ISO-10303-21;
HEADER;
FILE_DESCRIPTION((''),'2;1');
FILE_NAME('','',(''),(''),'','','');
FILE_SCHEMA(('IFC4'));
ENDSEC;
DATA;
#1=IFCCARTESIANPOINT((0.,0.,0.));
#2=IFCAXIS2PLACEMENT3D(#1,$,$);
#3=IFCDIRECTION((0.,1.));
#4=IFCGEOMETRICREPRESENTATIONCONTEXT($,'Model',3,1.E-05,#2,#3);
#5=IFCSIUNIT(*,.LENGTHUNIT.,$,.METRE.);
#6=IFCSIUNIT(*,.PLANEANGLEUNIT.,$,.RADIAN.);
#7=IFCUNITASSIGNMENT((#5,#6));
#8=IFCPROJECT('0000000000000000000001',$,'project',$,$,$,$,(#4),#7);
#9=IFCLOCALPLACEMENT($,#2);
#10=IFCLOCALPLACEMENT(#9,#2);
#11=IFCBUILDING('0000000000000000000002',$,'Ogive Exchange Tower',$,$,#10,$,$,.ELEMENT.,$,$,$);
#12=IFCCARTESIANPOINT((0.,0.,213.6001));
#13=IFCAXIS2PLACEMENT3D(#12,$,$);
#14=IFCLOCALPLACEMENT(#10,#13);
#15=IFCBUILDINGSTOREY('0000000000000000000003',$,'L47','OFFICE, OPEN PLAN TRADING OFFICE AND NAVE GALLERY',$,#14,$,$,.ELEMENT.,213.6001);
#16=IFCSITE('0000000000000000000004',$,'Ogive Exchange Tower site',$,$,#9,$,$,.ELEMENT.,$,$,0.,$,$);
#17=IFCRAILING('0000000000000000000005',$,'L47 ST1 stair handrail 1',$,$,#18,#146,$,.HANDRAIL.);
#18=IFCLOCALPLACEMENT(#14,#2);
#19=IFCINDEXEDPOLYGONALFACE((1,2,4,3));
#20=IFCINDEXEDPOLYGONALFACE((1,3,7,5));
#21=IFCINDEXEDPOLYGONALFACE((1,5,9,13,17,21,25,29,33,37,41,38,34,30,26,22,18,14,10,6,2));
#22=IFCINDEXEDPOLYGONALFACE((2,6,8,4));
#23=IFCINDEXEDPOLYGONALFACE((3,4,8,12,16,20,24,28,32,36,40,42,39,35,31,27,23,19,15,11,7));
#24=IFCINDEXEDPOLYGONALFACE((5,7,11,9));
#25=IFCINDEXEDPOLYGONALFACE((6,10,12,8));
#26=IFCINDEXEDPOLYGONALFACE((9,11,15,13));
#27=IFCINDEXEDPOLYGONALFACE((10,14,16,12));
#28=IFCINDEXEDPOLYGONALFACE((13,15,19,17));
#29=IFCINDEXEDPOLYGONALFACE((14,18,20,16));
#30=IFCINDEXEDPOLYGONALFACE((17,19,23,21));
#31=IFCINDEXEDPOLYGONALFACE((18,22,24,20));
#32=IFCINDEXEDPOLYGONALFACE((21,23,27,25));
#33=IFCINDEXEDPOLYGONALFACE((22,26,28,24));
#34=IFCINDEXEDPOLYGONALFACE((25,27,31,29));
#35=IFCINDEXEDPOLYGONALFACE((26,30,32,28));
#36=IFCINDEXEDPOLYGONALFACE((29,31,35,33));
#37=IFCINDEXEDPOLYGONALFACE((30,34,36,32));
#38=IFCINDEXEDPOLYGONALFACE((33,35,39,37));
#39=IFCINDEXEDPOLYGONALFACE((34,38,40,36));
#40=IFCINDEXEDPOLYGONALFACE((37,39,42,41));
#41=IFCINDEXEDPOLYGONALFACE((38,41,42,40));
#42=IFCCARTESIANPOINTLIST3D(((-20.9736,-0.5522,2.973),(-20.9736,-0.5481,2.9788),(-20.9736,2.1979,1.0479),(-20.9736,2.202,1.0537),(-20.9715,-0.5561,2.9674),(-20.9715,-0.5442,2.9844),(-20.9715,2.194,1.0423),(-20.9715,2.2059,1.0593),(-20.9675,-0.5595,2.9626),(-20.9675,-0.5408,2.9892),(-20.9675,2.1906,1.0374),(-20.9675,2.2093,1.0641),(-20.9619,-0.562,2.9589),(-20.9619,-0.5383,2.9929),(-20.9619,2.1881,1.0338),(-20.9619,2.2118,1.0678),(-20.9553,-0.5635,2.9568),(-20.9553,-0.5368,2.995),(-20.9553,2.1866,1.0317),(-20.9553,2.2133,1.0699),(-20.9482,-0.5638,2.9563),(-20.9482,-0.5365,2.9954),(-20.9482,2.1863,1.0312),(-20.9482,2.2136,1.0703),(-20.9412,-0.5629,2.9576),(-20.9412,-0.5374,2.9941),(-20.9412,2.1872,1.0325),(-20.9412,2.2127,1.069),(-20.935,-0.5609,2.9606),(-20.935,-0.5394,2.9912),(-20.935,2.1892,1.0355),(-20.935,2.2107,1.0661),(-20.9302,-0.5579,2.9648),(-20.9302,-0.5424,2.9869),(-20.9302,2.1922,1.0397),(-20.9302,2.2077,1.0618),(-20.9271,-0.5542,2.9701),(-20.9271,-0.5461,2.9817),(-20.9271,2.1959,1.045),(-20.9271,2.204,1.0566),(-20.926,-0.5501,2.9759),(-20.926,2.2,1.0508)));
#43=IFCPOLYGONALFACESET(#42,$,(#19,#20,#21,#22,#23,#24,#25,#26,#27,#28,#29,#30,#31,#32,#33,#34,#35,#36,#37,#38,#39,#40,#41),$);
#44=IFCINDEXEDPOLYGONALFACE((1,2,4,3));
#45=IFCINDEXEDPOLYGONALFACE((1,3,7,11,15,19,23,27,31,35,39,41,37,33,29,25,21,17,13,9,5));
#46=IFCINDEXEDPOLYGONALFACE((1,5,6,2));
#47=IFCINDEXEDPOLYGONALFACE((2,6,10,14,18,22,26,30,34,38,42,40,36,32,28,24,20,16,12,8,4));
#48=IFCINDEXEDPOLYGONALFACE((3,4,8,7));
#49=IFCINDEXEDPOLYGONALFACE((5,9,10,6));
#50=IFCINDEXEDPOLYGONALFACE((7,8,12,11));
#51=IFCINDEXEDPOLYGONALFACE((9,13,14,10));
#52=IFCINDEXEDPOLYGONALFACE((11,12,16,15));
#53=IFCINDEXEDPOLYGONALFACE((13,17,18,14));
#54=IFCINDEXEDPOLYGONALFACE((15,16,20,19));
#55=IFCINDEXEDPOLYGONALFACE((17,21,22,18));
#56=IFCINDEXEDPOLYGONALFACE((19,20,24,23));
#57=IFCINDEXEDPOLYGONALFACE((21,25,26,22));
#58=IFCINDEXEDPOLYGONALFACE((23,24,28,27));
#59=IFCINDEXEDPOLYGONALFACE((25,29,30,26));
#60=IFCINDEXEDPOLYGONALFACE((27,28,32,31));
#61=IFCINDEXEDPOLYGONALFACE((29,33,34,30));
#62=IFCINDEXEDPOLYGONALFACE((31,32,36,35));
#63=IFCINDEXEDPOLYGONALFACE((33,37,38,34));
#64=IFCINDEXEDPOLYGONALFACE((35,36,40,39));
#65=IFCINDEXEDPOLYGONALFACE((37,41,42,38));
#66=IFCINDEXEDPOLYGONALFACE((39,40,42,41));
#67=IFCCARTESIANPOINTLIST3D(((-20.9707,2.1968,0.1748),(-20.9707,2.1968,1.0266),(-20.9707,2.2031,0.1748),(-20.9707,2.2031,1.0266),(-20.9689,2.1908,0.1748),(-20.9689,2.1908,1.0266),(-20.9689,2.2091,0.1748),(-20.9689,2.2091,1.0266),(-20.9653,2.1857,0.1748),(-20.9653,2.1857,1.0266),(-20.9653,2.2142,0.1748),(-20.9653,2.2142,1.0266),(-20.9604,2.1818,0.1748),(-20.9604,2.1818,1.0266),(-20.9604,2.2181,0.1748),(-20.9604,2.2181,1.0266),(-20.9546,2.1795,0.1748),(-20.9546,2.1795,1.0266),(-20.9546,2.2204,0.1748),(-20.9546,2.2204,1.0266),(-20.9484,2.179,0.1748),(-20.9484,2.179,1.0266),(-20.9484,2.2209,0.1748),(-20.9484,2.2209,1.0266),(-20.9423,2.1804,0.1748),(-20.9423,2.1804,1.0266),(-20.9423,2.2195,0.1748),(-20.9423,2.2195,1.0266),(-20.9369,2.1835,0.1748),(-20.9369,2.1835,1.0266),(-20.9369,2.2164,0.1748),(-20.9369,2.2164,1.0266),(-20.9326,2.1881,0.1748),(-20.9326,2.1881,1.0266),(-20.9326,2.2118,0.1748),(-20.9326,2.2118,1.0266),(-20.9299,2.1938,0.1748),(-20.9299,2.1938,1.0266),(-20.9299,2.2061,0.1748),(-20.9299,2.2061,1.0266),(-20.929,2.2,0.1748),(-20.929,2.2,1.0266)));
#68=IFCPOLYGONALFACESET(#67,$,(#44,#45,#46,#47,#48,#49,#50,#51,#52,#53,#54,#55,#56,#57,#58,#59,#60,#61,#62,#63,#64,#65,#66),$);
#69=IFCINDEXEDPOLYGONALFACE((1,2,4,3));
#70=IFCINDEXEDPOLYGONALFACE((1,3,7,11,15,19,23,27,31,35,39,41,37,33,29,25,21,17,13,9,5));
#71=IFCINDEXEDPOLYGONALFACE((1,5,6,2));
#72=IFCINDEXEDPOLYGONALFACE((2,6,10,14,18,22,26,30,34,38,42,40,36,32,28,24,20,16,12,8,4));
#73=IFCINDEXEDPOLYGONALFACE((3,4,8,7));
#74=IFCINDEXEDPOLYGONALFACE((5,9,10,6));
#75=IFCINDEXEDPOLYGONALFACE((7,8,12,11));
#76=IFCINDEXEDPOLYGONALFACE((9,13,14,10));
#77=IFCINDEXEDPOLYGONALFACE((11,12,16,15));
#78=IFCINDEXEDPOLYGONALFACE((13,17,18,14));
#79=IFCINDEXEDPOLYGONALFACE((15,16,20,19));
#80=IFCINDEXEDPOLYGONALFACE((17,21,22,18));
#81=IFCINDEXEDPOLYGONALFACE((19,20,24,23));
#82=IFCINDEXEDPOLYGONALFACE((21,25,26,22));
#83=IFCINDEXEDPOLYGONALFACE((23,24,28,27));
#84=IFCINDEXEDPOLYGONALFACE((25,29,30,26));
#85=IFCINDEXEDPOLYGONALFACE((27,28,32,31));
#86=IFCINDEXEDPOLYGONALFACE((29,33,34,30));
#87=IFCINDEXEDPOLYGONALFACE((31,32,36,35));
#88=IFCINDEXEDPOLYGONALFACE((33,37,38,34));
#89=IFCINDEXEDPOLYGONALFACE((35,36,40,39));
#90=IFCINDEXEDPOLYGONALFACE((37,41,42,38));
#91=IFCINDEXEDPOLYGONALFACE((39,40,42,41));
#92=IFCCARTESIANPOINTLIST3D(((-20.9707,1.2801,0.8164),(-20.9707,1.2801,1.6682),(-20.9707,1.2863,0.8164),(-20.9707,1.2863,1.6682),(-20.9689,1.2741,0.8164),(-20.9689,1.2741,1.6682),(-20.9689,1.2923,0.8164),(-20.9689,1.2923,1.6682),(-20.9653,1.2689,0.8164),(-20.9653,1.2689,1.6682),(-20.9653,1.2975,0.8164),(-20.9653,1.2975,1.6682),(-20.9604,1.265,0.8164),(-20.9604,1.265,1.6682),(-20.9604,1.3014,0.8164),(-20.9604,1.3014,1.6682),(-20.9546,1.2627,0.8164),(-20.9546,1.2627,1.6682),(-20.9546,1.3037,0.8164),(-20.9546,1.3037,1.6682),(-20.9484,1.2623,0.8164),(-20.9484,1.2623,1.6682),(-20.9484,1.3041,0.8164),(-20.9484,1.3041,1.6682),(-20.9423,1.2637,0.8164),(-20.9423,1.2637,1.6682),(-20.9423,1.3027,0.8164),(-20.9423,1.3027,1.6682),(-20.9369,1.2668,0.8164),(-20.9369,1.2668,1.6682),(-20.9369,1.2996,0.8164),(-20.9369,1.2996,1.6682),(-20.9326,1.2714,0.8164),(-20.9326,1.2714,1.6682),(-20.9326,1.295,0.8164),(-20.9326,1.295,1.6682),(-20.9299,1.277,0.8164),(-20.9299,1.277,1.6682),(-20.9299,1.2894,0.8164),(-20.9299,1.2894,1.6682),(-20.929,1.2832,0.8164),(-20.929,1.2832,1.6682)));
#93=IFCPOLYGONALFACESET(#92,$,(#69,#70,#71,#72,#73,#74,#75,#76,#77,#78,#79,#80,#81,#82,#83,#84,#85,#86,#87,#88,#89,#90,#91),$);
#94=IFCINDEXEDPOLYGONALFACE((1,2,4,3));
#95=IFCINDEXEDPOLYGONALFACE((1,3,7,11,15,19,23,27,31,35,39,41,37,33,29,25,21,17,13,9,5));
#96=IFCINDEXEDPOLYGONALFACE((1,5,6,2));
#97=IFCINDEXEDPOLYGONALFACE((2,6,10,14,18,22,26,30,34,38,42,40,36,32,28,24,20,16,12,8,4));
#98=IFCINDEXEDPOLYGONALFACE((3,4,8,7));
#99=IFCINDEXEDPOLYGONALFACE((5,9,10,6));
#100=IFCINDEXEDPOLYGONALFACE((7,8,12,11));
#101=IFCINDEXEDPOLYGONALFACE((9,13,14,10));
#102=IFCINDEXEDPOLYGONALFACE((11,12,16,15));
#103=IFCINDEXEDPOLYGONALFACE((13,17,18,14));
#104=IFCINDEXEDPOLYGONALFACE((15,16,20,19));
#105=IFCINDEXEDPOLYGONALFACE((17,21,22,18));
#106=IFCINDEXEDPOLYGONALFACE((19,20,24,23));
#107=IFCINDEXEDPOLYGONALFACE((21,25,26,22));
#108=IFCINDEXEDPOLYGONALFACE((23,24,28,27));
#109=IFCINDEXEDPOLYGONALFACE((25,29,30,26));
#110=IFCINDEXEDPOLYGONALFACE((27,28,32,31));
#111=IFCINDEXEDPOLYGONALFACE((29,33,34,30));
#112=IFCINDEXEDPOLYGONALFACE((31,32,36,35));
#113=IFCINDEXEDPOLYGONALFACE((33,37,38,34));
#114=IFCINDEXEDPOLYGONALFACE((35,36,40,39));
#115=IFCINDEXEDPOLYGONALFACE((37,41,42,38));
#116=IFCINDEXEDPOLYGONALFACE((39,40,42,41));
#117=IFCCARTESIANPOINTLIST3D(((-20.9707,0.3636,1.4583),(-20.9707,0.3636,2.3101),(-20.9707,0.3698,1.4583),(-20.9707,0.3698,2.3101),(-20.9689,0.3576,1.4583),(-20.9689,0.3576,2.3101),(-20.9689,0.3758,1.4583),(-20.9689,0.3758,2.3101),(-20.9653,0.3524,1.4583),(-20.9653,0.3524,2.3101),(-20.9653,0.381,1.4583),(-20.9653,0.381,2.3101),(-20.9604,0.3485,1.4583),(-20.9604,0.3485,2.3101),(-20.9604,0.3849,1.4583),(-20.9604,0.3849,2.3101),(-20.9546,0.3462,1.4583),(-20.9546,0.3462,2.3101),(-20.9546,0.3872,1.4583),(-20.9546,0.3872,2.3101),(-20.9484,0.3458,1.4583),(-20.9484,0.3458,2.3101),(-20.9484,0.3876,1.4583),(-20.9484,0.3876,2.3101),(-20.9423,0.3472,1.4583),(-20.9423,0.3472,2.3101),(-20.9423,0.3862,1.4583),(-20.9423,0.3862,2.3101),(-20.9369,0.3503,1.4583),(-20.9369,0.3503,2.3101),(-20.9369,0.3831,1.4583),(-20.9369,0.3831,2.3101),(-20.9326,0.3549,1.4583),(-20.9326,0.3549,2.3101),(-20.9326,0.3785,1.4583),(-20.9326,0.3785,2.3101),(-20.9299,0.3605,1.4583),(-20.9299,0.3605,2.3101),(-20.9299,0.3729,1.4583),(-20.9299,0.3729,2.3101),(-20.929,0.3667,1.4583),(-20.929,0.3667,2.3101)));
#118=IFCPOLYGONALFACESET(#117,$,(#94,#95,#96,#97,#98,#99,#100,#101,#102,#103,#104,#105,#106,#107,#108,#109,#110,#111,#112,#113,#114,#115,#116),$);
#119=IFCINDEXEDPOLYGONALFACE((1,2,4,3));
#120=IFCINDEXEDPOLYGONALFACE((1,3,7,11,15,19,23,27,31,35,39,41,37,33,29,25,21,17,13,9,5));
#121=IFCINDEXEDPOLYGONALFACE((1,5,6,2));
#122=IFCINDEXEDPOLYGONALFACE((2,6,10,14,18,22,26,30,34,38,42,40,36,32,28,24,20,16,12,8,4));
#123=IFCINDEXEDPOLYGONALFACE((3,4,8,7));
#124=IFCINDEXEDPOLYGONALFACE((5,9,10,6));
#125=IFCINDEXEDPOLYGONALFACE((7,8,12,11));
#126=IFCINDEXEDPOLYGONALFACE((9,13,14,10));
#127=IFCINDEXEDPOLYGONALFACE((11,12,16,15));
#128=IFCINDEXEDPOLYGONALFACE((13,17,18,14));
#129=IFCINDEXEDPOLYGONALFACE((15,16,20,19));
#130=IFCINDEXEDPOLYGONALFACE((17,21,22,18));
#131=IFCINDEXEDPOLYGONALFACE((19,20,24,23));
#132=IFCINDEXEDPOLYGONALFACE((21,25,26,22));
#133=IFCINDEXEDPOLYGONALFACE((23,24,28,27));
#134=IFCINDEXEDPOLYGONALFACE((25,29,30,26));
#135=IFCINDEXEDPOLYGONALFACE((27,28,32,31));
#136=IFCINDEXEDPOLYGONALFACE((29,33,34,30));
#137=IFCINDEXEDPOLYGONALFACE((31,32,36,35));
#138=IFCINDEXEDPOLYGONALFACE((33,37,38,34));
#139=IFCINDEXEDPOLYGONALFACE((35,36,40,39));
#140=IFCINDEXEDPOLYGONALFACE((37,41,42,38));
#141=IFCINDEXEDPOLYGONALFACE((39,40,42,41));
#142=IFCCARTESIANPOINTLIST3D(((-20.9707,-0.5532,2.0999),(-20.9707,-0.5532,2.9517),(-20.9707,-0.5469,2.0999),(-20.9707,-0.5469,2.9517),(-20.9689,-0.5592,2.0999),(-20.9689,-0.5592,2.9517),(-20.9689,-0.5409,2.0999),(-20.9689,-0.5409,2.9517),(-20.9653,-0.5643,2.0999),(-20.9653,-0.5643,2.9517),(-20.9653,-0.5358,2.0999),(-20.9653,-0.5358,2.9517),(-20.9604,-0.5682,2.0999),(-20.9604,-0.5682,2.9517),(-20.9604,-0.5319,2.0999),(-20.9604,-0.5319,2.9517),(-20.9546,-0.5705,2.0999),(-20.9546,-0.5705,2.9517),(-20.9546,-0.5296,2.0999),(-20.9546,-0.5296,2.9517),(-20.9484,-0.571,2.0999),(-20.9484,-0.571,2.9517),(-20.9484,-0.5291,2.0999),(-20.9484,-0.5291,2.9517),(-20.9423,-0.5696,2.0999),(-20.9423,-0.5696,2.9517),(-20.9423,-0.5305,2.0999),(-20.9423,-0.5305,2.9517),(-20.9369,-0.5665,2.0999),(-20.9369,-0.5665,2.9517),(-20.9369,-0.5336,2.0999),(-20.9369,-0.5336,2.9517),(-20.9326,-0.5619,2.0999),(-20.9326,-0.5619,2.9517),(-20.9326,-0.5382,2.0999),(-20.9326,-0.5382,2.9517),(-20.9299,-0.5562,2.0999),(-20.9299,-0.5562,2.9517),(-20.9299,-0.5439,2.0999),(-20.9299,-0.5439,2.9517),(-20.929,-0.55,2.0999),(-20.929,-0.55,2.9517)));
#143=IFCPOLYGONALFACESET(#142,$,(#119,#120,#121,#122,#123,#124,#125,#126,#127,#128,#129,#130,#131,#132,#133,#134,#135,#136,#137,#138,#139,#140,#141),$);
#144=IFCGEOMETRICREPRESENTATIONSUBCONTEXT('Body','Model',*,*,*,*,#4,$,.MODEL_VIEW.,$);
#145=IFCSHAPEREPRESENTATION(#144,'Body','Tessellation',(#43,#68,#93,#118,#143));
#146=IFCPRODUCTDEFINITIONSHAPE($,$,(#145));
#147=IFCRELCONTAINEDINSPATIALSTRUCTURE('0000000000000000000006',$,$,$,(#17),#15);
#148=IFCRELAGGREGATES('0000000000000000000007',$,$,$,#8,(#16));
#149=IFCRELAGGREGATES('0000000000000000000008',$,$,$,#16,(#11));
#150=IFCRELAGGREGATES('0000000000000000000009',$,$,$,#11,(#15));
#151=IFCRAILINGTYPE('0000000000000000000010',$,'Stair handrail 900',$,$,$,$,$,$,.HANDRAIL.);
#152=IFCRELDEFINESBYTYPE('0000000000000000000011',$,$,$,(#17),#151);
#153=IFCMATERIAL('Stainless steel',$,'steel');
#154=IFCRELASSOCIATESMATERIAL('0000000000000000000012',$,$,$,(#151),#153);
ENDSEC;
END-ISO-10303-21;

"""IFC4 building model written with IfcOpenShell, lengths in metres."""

from ifc_helpers import new_model, si_unit, direction, frame, origin, origin_2d, place, context, subcontext, project, spatial, circle, extrude, material, type_object, element, save


model = new_model("IFC4")

# Units and contexts
model_context = context("Model", 3, precision=1e-05, world=origin(), true_north=direction((0.0, 1.0)))
body_context = subcontext(model_context, "Body", "Model", "MODEL_VIEW")
ifc_project = project(units=[si_unit("LENGTHUNIT", "METRE"), si_unit("PLANEANGLEUNIT", "RADIAN")], contexts=[model_context])

# Site, building, storey
site_placement = place(None, origin())
site = spatial("IfcSite", under=ifc_project, at=site_placement, Name="Ogive Exchange Tower site", CompositionType="ELEMENT", RefElevation=0.0)
building_placement = place(site_placement, origin())
building = spatial("IfcBuilding", under=site, at=building_placement, Name="Ogive Exchange Tower", CompositionType="ELEMENT")
storey_placement = place(building_placement, frame((0.0, 0.0, 213.6001)))
storey = spatial("IfcBuildingStorey", under=building, at=storey_placement, Name="L47", Description="OFFICE, OPEN PLAN TRADING OFFICE AND NAVE GALLERY", CompositionType="ELEMENT", Elevation=213.6001)

# Shared definitions
ifc_material_1 = material(Name="Stainless steel", Category="steel")

# Railing
railing_type = type_object("IfcRailingType", Name="Stair handrail 900", PredefinedType="HANDRAIL", material=ifc_material_1)
railing_1_placement = place(storey_placement, frame((-20.95, 2.2, 0.1748)))
element("IfcRailing", 1, at=railing_1_placement, inside=storey, type_object=railing_type, Name="L47 ST1 stair handrail 1", PredefinedType="HANDRAIL", context=body_context, shape_type="SweptSolid", body=[
    extrude(circle(Radius=0.0239, at=origin_2d()), frame((0.0, 0.0, 0.876), z_axis=(0.0, -0.819225, 0.573472), x_axis=(1.0, 0.0, 0.0)), (0.0, 0.0, 1.0), 3.3569),
    extrude(circle(Radius=0.021, at=origin_2d()), origin(), (0.0, 0.0, 1.0), 0.8518),
    extrude(circle(Radius=0.021, at=origin_2d()), frame((0.0, -0.9167, 0.6416)), (0.0, 0.0, 1.0), 0.8518),
    extrude(circle(Radius=0.021, at=origin_2d()), frame((0.0, -1.8333, 1.2834)), (0.0, 0.0, 1.0), 0.8518),
    extrude(circle(Radius=0.021, at=origin_2d()), frame((0.0, -2.75, 1.925)), (0.0, 0.0, 1.0), 0.8518),
])

save(model, "model.ifc")
